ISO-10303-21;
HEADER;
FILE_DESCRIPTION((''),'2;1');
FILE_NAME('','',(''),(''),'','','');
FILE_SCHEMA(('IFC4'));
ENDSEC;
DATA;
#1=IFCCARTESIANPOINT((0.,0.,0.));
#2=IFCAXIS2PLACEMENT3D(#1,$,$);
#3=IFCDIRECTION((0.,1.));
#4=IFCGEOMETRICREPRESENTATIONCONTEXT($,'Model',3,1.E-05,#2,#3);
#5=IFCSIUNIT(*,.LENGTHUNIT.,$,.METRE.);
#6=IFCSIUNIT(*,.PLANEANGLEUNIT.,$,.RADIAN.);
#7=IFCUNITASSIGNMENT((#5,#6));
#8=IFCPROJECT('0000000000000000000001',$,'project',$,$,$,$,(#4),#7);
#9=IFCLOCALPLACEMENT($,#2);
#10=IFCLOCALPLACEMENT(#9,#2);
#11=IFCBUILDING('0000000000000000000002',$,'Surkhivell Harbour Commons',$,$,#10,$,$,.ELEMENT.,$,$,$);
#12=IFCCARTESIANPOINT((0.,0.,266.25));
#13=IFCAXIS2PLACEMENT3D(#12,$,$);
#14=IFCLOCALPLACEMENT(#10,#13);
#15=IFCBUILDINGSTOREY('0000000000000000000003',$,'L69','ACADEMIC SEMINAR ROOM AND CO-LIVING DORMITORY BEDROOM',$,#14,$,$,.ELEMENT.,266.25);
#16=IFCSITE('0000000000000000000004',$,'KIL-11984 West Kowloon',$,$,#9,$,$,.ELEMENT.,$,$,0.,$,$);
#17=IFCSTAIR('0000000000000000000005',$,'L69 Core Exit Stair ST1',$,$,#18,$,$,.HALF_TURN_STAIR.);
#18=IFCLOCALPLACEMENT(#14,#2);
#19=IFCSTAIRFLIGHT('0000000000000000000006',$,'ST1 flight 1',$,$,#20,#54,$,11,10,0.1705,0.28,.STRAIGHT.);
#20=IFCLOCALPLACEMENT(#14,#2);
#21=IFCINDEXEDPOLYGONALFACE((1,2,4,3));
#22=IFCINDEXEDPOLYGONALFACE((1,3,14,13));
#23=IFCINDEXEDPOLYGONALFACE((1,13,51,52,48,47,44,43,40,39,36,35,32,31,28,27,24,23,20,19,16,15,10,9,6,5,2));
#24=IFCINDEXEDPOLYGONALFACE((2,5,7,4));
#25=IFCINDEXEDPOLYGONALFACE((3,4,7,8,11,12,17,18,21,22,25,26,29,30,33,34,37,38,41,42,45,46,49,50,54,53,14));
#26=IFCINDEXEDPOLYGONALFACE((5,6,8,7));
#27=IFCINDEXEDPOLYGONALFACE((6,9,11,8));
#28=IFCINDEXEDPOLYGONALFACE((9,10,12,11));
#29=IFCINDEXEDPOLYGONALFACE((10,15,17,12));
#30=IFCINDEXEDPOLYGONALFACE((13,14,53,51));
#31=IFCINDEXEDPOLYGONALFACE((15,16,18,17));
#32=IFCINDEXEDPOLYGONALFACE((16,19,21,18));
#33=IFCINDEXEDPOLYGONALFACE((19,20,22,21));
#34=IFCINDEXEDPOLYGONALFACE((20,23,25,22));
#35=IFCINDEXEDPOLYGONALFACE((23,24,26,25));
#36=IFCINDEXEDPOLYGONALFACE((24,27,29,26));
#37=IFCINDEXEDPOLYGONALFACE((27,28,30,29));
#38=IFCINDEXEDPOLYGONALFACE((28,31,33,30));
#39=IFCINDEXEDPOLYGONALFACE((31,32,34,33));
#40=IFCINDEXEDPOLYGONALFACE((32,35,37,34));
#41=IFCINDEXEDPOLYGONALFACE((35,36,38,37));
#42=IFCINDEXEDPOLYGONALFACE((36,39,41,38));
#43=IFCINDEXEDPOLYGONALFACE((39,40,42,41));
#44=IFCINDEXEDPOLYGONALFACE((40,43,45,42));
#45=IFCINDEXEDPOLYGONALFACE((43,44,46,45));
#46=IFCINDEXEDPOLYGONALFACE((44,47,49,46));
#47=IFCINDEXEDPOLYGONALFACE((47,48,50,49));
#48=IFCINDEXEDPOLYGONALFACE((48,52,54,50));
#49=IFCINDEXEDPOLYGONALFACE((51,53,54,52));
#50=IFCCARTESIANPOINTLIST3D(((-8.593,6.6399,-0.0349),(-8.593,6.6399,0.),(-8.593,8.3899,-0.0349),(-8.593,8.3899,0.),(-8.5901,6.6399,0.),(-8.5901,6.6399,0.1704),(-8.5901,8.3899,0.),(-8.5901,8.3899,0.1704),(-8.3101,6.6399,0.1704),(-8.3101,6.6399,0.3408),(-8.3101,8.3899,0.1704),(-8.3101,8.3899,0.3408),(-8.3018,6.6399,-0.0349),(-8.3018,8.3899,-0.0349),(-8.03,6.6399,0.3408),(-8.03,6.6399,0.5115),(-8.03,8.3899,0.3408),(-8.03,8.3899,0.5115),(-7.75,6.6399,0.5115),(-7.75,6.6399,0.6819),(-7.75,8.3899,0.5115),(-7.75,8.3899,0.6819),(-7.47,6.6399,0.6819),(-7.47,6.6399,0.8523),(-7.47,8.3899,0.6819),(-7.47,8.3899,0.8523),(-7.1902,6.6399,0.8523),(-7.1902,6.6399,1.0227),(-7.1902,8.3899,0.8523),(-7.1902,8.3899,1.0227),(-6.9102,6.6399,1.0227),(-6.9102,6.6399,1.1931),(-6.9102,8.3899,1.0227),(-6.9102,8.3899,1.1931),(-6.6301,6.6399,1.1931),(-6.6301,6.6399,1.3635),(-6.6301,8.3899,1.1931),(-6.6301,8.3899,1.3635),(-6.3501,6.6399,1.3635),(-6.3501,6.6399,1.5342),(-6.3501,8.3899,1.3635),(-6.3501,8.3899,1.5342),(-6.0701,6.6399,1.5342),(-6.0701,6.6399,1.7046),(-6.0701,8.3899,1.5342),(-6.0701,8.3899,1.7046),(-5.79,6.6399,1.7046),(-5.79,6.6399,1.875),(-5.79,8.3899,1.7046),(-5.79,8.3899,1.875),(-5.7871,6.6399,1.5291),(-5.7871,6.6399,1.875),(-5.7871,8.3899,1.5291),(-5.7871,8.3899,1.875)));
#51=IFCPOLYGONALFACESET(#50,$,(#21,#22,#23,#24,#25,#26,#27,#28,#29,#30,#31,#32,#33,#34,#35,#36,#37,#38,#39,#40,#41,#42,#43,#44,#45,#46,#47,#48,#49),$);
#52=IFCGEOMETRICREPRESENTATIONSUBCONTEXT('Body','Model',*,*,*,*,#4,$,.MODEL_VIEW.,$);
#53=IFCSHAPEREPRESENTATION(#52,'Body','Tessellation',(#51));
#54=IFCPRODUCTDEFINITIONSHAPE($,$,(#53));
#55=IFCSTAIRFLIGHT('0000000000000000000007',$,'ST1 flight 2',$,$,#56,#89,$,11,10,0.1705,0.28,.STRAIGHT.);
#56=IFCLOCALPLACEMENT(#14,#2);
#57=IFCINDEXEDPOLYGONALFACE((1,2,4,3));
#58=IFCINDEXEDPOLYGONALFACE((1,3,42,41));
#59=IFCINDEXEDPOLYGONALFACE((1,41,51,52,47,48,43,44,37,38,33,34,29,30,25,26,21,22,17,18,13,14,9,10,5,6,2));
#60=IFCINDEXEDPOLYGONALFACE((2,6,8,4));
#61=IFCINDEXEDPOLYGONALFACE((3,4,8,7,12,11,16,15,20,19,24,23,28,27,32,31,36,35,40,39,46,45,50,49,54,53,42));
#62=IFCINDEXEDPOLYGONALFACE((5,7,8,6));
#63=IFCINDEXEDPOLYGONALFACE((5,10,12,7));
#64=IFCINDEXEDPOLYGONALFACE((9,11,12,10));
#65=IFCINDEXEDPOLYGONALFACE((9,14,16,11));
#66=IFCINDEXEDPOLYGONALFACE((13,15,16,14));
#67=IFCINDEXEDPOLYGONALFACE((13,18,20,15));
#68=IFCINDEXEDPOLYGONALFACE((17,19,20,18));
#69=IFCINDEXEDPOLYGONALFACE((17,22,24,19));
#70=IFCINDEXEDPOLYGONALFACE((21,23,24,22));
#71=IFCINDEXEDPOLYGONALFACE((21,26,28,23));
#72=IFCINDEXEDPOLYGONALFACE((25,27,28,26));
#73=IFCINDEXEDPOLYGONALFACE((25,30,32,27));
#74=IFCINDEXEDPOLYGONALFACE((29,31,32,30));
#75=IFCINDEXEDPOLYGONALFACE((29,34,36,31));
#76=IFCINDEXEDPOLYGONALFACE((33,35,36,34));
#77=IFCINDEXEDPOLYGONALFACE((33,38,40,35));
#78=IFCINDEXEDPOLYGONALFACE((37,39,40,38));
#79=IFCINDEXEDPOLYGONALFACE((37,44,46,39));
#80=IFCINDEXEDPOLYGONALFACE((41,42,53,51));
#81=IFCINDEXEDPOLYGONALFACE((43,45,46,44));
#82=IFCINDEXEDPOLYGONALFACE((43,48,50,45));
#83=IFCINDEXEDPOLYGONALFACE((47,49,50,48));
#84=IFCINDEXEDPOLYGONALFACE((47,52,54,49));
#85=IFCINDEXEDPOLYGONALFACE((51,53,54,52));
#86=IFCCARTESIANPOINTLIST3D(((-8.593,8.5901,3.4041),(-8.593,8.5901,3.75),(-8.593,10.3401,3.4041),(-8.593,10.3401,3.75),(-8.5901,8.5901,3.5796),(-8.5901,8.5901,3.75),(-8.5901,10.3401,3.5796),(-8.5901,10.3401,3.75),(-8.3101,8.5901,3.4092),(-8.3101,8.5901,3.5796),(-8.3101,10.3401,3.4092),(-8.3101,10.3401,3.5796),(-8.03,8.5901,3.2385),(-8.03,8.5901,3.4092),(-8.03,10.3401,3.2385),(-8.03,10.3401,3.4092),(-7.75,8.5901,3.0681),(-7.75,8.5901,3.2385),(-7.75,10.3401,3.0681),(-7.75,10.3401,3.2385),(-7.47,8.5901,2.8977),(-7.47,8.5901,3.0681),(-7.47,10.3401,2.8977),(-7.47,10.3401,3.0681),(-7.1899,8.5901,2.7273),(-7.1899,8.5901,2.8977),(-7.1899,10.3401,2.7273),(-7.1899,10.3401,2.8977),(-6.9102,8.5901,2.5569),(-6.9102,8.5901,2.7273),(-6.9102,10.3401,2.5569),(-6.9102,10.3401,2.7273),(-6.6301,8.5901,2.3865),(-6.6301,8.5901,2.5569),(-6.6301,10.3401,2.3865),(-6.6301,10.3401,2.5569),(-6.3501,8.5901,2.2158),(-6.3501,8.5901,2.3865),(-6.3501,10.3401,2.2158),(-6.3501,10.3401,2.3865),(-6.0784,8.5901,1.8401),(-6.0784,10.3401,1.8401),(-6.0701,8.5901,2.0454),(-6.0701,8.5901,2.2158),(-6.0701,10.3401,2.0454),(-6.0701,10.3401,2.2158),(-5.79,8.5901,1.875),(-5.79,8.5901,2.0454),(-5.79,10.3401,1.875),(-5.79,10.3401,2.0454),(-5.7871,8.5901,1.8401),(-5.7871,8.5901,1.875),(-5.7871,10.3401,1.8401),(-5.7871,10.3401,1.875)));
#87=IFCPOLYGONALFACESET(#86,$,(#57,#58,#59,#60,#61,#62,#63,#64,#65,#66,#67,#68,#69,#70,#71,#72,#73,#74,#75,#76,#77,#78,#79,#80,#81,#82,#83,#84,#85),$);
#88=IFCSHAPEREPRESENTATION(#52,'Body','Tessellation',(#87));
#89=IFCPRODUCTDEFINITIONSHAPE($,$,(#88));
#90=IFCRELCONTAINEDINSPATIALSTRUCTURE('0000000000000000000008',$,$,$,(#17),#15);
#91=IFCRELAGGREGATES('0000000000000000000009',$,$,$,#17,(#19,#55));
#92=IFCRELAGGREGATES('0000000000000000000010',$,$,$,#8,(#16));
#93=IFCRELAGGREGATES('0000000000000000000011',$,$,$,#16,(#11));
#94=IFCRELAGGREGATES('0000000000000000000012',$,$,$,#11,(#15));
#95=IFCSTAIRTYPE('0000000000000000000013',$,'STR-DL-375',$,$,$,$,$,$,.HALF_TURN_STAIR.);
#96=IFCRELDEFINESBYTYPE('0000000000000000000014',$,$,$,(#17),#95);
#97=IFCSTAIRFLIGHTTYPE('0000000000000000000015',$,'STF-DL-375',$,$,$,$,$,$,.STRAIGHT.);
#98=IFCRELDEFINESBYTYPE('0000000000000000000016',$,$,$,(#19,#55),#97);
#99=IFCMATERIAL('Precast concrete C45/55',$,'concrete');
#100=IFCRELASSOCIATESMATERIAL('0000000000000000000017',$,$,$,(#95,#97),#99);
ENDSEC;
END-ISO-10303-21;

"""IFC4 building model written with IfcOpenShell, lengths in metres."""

from ifc_helpers import new_model, si_unit, direction, frame, origin, place, context, subcontext, project, spatial, polyline, outline, extrude, material, type_object, element, aggregate, save


model = new_model("IFC4")

# Units and contexts
model_context = context("Model", 3, precision=1e-05, world=origin(), true_north=direction((0.0, 1.0)))
body_context = subcontext(model_context, "Body", "Model", "MODEL_VIEW")
ifc_project = project(units=[si_unit("LENGTHUNIT", "METRE"), si_unit("PLANEANGLEUNIT", "RADIAN")], contexts=[model_context])

# Site, building, storey
site_placement = place(None, origin())
site = spatial("IfcSite", under=ifc_project, at=site_placement, Name="KIL-11984 West Kowloon", CompositionType="ELEMENT", RefElevation=0.0)
building_placement = place(site_placement, origin())
building = spatial("IfcBuilding", under=site, at=building_placement, Name="Surkhivell Harbour Commons", CompositionType="ELEMENT")
storey_placement = place(building_placement, frame((0.0, 0.0, 266.25)))
storey = spatial("IfcBuildingStorey", under=building, at=storey_placement, Name="L69", Description="ACADEMIC SEMINAR ROOM AND CO-LIVING DORMITORY BEDROOM", CompositionType="ELEMENT", Elevation=266.25)

# Stair, stair flights
ifc_material_1 = material(Name="Precast concrete C45/55", Category="concrete")
stair_type = type_object("IfcStairType", Name="STR-DL-375", PredefinedType="HALF_TURN_STAIR", material=ifc_material_1)
stair_placement = place(storey_placement, origin())
stair = element("IfcStair", 1, at=stair_placement, inside=storey, type_object=stair_type, Name="L69 Core Exit Stair ST1", PredefinedType="HALF_TURN_STAIR")
stair_flight_type = type_object("IfcStairFlightType", Name="STF-DL-375", PredefinedType="STRAIGHT", material=ifc_material_1)
stair_flight_1_placement = place(storey_placement, frame((-8.5901, 7.5149, 0.0), z_axis=(0.0, 0.0, 1.0), x_axis=(1.0, 0.0, 0.0)))
stair_flight_1 = element("IfcStairFlight", 2, at=stair_flight_1_placement, type_object=stair_flight_type, Name="ST1 flight 1", NumberOfRisers=11, NumberOfTreads=10, PredefinedType="STRAIGHT", RiserHeight=0.1705, TreadLength=0.28, context=body_context, shape_type="SweptSolid", body=[
    extrude(outline(polyline([(-0.0029, -0.0349), (-0.0029, 0.0), (0.0, 0.0), (0.0, 0.1704), (0.28, 0.1704), (0.28, 0.3408), (0.5601, 0.3408), (0.5601, 0.5115), (0.8401, 0.5115), (0.8401, 0.6819), (1.1201, 0.6819), (1.1201, 0.8523), (1.3999, 0.8523), (1.3999, 1.0227), (1.6799, 1.0227), (1.6799, 1.1931), (1.96, 1.1931), (1.96, 1.3635), (2.24, 1.3635), (2.24, 1.5342), (2.52, 1.5342), (2.52, 1.7046), (2.8, 1.7046), (2.8, 1.875), (2.803, 1.875), (2.803, 1.5291), (0.2883, -0.0349), (-0.0029, -0.0349)])), frame((0.0, 0.875, 0.0), z_axis=(0.0, -1.0, 0.0), x_axis=(1.0, 0.0, 0.0)), (0.0, 0.0, 1.0), 1.75),
])
stair_flight_2_placement = place(storey_placement, frame((-5.79, 9.4651, 1.875), z_axis=(0.0, 0.0, 1.0), x_axis=(-1.0, 0.0, 0.0)))
stair_flight_2 = element("IfcStairFlight", 3, at=stair_flight_2_placement, type_object=stair_flight_type, Name="ST1 flight 2", NumberOfRisers=11, NumberOfTreads=10, PredefinedType="STRAIGHT", RiserHeight=0.1705, TreadLength=0.28, context=body_context, shape_type="SweptSolid", body=[
    extrude(outline(polyline([(-0.0029, -0.0349), (-0.0029, 0.0), (0.0, 0.0), (0.0, 0.1704), (0.28, 0.1704), (0.28, 0.3408), (0.5601, 0.3408), (0.5601, 0.5115), (0.8401, 0.5115), (0.8401, 0.6819), (1.1201, 0.6819), (1.1201, 0.8523), (1.3999, 0.8523), (1.3999, 1.0227), (1.6799, 1.0227), (1.6799, 1.1931), (1.96, 1.1931), (1.96, 1.3635), (2.24, 1.3635), (2.24, 1.5342), (2.52, 1.5342), (2.52, 1.7046), (2.8, 1.7046), (2.8, 1.875), (2.803, 1.875), (2.803, 1.5291), (0.2883, -0.0349), (-0.0029, -0.0349)])), frame((0.0, 0.875, 0.0), z_axis=(0.0, -1.0, 0.0), x_axis=(1.0, 0.0, 0.0)), (0.0, 0.0, 1.0), 1.75),
])
aggregate(stair, [stair_flight_1, stair_flight_2])

save(model, "model.ifc")
